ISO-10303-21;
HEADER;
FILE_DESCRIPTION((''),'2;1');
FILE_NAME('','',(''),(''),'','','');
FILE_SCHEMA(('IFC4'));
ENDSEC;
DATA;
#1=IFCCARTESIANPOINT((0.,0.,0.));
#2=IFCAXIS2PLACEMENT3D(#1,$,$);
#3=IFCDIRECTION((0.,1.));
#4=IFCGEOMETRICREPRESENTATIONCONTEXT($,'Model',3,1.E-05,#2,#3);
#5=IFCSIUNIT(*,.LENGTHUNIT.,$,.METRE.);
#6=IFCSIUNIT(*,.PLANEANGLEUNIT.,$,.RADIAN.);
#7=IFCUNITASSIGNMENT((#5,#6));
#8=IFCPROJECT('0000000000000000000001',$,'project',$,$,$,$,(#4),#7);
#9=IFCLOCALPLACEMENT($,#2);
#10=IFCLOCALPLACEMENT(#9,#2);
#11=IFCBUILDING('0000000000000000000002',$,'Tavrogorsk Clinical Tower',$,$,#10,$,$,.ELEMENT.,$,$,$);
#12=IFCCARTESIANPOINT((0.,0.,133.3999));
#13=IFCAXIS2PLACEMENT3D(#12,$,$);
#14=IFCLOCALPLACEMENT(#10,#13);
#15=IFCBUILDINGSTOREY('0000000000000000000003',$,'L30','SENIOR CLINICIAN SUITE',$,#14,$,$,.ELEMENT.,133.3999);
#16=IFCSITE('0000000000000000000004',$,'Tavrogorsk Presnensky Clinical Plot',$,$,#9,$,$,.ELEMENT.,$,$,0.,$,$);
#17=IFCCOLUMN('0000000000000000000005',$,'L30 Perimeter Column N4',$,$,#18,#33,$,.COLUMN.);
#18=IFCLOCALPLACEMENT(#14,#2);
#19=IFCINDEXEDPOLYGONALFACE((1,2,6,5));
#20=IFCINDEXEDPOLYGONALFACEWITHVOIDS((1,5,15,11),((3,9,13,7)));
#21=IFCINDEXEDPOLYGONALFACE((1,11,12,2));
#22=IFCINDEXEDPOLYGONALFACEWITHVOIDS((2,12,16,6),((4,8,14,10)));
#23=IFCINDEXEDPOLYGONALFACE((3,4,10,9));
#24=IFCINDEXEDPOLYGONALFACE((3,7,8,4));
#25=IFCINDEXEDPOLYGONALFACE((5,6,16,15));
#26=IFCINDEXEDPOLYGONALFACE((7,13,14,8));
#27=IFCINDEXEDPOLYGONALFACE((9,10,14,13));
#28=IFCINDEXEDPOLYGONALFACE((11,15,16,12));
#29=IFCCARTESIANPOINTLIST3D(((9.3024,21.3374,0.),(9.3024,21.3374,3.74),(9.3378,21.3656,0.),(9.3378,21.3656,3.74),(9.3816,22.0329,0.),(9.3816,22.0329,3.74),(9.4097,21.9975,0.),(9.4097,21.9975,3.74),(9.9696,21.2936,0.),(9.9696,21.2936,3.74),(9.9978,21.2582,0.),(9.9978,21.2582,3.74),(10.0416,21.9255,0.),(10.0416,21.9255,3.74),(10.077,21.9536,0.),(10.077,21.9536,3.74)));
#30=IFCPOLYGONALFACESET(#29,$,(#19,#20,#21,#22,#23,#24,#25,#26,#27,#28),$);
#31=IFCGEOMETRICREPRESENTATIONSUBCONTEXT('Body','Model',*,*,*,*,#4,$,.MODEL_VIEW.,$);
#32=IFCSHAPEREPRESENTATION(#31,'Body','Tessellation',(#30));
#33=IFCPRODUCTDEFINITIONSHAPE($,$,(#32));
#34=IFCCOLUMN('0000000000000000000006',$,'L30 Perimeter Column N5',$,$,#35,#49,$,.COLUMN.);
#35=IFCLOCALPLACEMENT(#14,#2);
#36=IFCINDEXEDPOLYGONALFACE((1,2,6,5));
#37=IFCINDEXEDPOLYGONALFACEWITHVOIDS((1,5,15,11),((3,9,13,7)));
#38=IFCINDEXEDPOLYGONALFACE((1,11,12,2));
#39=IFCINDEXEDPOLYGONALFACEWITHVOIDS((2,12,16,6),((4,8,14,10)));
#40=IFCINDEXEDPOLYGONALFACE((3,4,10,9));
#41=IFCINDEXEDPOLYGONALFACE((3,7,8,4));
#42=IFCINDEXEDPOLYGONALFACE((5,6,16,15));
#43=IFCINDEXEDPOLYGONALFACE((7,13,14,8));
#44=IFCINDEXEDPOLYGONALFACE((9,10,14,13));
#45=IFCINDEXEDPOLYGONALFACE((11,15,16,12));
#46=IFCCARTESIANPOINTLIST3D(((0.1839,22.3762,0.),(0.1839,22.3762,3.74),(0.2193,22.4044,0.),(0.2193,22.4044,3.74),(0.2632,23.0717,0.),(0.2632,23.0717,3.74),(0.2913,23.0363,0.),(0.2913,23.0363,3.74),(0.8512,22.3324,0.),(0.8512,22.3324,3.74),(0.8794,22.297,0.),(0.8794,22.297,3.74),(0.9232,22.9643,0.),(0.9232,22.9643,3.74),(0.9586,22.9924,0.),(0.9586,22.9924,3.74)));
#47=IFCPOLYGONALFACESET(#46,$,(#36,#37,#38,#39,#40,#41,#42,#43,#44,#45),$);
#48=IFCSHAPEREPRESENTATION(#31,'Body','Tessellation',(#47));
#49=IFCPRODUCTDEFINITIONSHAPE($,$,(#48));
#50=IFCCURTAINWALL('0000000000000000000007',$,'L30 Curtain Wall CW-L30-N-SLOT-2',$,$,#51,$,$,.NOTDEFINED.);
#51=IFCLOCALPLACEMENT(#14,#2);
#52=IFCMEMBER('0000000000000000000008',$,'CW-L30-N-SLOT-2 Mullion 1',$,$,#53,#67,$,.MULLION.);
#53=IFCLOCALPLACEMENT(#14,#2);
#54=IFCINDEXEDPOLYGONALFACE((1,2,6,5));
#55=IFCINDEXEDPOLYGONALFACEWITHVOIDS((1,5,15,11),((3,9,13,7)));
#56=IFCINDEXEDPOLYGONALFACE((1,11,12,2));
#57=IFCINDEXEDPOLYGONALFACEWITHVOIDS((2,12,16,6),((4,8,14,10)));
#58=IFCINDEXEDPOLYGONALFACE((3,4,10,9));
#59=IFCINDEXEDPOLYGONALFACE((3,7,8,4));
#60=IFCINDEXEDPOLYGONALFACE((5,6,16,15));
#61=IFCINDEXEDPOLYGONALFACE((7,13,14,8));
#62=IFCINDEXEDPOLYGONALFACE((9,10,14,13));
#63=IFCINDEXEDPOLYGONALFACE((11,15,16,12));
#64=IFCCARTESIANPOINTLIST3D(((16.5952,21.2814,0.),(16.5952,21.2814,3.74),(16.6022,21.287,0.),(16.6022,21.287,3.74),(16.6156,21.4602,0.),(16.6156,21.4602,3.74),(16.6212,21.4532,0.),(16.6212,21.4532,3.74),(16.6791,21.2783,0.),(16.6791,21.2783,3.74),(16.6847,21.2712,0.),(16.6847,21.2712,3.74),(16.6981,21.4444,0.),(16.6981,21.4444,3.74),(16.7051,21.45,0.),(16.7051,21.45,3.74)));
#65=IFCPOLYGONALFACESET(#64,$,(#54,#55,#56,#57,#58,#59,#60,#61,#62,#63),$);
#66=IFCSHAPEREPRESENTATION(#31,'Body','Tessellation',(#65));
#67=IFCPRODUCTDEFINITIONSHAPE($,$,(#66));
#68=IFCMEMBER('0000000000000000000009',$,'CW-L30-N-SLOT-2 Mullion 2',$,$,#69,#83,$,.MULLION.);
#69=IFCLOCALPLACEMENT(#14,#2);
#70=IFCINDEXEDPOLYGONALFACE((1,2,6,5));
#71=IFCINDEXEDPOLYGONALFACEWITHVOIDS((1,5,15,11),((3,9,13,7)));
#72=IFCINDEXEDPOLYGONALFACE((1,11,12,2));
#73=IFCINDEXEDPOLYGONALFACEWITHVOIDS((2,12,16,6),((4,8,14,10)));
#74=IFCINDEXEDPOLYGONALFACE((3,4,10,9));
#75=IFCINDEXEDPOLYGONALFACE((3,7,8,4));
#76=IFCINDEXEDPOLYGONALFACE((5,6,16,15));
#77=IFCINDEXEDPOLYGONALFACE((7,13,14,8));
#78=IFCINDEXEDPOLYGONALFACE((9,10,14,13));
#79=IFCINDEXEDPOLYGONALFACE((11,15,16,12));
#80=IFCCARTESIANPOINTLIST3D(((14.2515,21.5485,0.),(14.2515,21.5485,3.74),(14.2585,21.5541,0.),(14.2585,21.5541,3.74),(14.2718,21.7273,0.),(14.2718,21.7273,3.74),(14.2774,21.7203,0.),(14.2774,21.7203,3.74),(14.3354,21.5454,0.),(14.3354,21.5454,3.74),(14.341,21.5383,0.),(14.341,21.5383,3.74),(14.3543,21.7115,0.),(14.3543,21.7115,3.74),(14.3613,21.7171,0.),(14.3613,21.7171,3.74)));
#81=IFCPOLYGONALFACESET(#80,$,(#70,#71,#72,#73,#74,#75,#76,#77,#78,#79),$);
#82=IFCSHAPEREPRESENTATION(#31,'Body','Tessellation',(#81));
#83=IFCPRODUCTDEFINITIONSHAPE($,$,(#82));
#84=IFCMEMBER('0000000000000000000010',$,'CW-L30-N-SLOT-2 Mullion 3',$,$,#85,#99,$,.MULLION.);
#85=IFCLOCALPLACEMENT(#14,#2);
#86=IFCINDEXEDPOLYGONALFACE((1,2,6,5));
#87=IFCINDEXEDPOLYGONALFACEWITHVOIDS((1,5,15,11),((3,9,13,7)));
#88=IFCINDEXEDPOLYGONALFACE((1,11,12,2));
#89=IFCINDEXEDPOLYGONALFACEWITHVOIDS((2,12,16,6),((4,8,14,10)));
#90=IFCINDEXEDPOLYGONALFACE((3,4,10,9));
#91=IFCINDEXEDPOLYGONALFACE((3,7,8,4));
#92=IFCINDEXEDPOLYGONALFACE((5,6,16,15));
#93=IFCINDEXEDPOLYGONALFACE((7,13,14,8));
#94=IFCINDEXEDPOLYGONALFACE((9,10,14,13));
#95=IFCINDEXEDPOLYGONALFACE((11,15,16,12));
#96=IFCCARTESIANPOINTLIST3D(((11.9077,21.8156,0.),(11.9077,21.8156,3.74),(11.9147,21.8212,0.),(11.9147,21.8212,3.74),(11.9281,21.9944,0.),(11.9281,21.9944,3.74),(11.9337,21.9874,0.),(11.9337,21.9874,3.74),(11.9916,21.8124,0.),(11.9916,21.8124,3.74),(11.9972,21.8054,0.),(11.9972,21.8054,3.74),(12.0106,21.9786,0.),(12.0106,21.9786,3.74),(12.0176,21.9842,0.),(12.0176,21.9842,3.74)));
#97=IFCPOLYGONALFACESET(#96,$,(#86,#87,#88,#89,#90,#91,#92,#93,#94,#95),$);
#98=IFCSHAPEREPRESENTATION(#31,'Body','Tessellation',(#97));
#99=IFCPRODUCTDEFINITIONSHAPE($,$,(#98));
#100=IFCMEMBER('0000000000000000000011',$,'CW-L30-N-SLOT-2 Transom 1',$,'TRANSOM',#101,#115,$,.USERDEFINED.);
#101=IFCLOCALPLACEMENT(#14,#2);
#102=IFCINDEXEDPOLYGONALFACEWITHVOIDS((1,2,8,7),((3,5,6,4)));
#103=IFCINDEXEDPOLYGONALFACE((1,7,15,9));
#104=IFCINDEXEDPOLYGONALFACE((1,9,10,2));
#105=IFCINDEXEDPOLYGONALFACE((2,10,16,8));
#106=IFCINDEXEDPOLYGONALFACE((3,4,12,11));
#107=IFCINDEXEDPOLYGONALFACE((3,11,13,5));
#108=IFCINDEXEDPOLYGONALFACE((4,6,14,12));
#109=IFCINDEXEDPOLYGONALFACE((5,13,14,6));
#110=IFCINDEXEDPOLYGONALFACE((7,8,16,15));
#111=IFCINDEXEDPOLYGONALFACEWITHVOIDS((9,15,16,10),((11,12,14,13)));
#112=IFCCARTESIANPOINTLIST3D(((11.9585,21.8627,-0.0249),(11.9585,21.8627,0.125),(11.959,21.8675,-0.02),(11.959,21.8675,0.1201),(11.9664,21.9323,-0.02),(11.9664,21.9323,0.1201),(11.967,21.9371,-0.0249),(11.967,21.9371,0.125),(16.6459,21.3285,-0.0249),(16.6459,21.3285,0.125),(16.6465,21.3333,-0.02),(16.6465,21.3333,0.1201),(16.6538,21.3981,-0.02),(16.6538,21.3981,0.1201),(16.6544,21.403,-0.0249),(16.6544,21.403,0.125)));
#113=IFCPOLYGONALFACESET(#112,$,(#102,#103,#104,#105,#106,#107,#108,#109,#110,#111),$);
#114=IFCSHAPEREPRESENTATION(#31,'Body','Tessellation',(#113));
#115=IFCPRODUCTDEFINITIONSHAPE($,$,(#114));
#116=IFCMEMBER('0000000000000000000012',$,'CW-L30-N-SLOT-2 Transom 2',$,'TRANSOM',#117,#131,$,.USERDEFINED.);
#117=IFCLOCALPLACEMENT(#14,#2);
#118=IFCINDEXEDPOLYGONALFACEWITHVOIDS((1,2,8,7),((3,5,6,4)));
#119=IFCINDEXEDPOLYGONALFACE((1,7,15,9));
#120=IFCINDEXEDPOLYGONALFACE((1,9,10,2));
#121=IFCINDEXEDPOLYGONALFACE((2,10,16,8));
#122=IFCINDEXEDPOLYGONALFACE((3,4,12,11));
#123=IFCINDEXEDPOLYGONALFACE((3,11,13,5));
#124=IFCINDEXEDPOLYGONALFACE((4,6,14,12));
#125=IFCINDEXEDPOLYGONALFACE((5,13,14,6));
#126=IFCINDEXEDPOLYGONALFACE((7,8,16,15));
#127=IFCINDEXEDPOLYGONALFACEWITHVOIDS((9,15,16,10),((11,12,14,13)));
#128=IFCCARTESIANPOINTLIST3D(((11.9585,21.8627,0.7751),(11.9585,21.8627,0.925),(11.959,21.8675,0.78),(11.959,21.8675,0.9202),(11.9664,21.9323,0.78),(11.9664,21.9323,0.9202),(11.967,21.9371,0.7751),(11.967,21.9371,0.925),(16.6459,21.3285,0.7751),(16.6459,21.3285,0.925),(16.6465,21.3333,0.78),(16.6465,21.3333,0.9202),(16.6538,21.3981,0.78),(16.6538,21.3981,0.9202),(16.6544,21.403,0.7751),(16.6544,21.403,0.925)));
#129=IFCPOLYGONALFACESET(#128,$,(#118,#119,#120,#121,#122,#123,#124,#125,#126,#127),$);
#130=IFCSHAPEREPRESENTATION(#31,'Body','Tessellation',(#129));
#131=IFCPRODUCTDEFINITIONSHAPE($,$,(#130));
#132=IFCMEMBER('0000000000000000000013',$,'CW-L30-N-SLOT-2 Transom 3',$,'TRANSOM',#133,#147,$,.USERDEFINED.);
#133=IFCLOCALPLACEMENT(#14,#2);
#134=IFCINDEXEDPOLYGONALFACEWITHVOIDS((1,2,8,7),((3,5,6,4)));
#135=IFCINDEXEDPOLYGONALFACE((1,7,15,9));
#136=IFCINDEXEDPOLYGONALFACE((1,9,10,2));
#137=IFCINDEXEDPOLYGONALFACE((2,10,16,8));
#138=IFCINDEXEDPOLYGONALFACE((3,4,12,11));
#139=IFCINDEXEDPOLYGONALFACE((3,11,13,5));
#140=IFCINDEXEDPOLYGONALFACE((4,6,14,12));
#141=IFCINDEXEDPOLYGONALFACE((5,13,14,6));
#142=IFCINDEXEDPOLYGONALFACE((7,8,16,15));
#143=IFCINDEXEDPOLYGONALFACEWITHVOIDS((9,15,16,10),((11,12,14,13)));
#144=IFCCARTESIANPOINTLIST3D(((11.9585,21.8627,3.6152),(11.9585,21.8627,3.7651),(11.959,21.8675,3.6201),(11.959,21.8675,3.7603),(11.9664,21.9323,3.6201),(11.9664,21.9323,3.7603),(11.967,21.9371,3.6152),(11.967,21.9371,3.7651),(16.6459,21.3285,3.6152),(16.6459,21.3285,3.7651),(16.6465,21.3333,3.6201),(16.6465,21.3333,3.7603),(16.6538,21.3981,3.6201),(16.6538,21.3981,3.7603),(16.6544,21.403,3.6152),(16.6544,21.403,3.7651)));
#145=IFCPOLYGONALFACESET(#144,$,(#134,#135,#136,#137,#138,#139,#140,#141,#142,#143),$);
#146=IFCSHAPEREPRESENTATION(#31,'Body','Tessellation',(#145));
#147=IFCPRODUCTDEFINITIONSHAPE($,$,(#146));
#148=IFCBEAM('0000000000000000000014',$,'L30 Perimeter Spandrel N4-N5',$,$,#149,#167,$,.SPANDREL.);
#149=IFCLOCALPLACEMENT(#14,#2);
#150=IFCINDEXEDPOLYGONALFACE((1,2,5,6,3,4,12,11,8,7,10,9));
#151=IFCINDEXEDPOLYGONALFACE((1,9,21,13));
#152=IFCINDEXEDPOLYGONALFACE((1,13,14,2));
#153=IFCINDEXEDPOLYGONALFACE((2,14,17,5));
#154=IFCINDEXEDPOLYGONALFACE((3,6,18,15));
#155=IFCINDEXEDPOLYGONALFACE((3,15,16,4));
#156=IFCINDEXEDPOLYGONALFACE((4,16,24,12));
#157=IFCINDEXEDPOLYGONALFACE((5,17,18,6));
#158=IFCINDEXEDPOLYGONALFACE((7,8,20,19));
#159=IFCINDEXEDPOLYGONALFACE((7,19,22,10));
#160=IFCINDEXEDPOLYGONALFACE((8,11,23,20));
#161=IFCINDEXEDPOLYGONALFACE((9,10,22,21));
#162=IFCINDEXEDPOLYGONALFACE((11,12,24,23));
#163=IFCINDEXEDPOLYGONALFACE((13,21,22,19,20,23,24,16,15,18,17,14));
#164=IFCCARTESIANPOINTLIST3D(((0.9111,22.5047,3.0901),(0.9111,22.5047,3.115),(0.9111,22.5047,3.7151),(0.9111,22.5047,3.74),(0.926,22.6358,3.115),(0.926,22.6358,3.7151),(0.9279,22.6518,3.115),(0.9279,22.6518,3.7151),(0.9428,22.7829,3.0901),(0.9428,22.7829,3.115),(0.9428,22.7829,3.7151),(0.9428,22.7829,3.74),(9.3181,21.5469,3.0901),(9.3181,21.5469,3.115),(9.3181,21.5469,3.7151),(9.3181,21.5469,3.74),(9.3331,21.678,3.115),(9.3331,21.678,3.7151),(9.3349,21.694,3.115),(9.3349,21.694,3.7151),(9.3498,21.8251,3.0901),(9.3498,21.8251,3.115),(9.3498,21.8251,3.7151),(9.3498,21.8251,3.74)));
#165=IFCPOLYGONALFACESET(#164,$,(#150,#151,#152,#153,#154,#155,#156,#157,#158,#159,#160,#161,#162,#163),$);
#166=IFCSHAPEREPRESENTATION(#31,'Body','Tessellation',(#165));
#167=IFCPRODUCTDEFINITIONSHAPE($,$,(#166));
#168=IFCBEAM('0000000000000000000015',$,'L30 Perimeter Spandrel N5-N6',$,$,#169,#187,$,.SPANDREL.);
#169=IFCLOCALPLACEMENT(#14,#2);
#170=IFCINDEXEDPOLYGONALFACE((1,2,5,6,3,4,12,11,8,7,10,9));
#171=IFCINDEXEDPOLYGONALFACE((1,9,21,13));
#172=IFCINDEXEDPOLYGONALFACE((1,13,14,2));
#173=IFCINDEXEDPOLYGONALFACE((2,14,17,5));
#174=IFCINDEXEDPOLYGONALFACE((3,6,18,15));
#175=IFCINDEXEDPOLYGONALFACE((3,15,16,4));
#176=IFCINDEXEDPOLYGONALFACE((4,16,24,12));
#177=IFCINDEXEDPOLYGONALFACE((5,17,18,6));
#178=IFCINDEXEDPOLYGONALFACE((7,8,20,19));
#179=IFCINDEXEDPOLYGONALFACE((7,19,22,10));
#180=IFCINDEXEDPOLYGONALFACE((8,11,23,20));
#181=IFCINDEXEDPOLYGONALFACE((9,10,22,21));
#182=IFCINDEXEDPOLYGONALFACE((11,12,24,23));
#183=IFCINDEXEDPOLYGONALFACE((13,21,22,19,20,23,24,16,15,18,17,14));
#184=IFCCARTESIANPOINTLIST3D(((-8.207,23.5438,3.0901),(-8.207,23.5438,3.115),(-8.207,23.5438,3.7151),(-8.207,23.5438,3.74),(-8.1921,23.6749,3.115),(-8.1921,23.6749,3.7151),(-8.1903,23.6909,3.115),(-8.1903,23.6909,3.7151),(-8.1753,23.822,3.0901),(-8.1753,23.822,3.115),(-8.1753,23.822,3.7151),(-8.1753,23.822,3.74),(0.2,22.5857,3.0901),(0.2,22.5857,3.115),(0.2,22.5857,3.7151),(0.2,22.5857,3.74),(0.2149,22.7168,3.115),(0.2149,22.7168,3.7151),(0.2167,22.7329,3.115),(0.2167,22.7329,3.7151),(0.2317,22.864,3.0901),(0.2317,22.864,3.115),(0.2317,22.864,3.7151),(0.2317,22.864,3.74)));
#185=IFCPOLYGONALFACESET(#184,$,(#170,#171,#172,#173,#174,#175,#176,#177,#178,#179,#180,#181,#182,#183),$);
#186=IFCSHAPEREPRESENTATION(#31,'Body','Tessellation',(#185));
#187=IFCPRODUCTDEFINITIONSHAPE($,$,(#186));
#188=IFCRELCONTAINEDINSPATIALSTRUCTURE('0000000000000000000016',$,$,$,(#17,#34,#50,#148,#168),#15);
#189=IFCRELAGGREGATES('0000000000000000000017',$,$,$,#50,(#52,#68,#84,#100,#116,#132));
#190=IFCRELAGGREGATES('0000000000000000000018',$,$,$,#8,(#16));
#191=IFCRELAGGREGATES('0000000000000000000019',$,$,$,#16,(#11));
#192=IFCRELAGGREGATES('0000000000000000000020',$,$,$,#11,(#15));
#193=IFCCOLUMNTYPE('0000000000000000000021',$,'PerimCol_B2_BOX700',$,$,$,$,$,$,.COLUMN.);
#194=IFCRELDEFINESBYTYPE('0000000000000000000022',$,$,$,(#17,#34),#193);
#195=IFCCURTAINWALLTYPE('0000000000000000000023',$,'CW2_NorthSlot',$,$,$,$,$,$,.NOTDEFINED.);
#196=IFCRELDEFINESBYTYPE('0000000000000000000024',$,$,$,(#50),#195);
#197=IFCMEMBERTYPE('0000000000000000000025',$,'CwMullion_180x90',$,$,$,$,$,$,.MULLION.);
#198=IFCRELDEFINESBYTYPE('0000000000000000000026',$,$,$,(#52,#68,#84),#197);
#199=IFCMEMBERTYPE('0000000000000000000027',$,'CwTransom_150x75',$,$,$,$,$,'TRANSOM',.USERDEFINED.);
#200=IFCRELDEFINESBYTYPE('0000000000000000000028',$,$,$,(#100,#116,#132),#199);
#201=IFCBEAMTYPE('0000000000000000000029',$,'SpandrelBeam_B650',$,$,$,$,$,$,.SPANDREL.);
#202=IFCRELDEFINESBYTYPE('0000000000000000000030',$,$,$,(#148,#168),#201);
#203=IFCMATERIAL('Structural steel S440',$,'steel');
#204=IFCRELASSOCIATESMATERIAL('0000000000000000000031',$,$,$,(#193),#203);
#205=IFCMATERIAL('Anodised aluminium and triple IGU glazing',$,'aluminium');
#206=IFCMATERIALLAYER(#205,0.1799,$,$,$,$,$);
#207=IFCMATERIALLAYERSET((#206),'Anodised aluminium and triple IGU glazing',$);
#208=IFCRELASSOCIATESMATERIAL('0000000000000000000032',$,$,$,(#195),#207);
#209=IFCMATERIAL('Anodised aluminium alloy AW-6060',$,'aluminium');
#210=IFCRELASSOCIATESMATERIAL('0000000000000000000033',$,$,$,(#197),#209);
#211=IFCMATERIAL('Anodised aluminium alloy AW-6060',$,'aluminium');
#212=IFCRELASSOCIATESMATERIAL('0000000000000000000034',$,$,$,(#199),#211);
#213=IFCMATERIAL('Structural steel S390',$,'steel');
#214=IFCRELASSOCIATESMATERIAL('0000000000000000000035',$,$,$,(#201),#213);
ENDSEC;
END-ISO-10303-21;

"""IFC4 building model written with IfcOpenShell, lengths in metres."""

from ifc_helpers import new_model, si_unit, direction, frame, origin, origin_2d, place, context, subcontext, project, spatial, hollow_rectangle, i_section, extrude, material, layer, layer_set, material_profile, profile_set, type_object, element, aggregate, save


model = new_model("IFC4")

# Units and contexts
model_context = context("Model", 3, precision=1e-05, world=origin(), true_north=direction((0.0, 1.0)))
body_context = subcontext(model_context, "Body", "Model", "MODEL_VIEW")
ifc_project = project(units=[si_unit("LENGTHUNIT", "METRE"), si_unit("PLANEANGLEUNIT", "RADIAN")], contexts=[model_context])

# Site, building, storey
site_placement = place(None, origin())
site = spatial("IfcSite", under=ifc_project, at=site_placement, Name="Tavrogorsk Presnensky Clinical Plot", CompositionType="ELEMENT", RefElevation=0.0)
building_placement = place(site_placement, origin())
building = spatial("IfcBuilding", under=site, at=building_placement, Name="Tavrogorsk Clinical Tower", CompositionType="ELEMENT")
storey_placement = place(building_placement, frame((0.0, 0.0, 133.3999)))
storey = spatial("IfcBuildingStorey", under=building, at=storey_placement, Name="L30", Description="SENIOR CLINICIAN SUITE", CompositionType="ELEMENT", Elevation=133.3999)

# Columns
ifc_material_1 = material(Name="Structural steel S440", Category="steel")
ifc_material_profile_1 = material_profile(ifc_material_1, hollow_rectangle(XDim=0.7, YDim=0.7, WallThickness=0.032, at=origin_2d()), Name="BOX-700x700x32")
ifc_profile_set_1 = profile_set([ifc_material_profile_1], Name="Structural steel S440")
column_type = type_object("IfcColumnType", Name="PerimCol_B2_BOX700", PredefinedType="COLUMN", material=ifc_profile_set_1)
for number, where, z_axis, x_axis, name in (
    (1, (9.6897, 21.6455, 0.0), (0.0, 0.0, 1.0), (0.993572, -0.113203, 0.0), "L30 Perimeter Column N4"),
    (2, (0.5713, 22.6843, 0.0), (0.0, 0.0, 1.0), (0.993572, -0.113203, 0.0), "L30 Perimeter Column N5"),
):
    element("IfcColumn", number, at=place(storey_placement, frame(where, z_axis=z_axis, x_axis=x_axis)), inside=storey, type_object=column_type, Name=name, PredefinedType="COLUMN", context=body_context, shape_type="SweptSolid", body=[
        extrude(hollow_rectangle(XDim=0.7, YDim=0.7, WallThickness=0.032, at=origin_2d()), origin(), (0.0, 0.0, 1.0), 3.74),
    ])

# Curtain wall, members
ifc_material_2 = material(Name="Anodised aluminium and triple IGU glazing", Category="aluminium")
ifc_layer_1 = layer(ifc_material_2, 0.1799)
ifc_layer_set_1 = layer_set([ifc_layer_1], Name="Anodised aluminium and triple IGU glazing")
curtain_wall_type = type_object("IfcCurtainWallType", Name="CW2_NorthSlot", PredefinedType="NOTDEFINED", material=ifc_layer_set_1)
curtain_wall_placement = place(storey_placement, origin())
curtain_wall = element("IfcCurtainWall", 3, at=curtain_wall_placement, inside=storey, type_object=curtain_wall_type, Name="L30 Curtain Wall CW-L30-N-SLOT-2", PredefinedType="NOTDEFINED")
ifc_material_3 = material(Name="Anodised aluminium alloy AW-6060", Category="aluminium")
ifc_material_profile_2 = material_profile(ifc_material_3, hollow_rectangle(XDim=0.0901, YDim=0.1799, WallThickness=0.0063, at=origin_2d()), Name="RHS-180x90x6.3")
ifc_profile_set_2 = profile_set([ifc_material_profile_2], Name="Anodised aluminium alloy AW-6060")
member_type_1 = type_object("IfcMemberType", Name="CwMullion_180x90", PredefinedType="MULLION", material=ifc_profile_set_2)
member_1_placement = place(storey_placement, frame((16.6501, 21.3657, 0.0), z_axis=(0.0, 0.0, 1.0), x_axis=(-0.993572, 0.113203, 0.0)))
member_1 = element("IfcMember", 4, at=member_1_placement, type_object=member_type_1, Name="CW-L30-N-SLOT-2 Mullion 1", PredefinedType="MULLION", context=body_context, shape_type="SweptSolid", body=[
    extrude(hollow_rectangle(XDim=0.0901, YDim=0.1799, WallThickness=0.0063, at=origin_2d()), origin(), (0.0, 0.0, 1.0), 3.74),
])
member_2_placement = place(storey_placement, frame((14.3064, 21.6328, 0.0), z_axis=(0.0, 0.0, 1.0), x_axis=(-0.993572, 0.113203, 0.0)))
member_2 = element("IfcMember", 5, at=member_2_placement, type_object=member_type_1, Name="CW-L30-N-SLOT-2 Mullion 2", PredefinedType="MULLION", context=body_context, shape_type="SweptSolid", body=[
    extrude(hollow_rectangle(XDim=0.0901, YDim=0.1799, WallThickness=0.0063, at=origin_2d()), origin(), (0.0, 0.0, 1.0), 3.74),
])
member_3_placement = place(storey_placement, frame((11.9626, 21.8999, 0.0), z_axis=(0.0, 0.0, 1.0), x_axis=(-0.993572, 0.113203, 0.0)))
member_3 = element("IfcMember", 6, at=member_3_placement, type_object=member_type_1, Name="CW-L30-N-SLOT-2 Mullion 3", PredefinedType="MULLION", context=body_context, shape_type="SweptSolid", body=[
    extrude(hollow_rectangle(XDim=0.0901, YDim=0.1799, WallThickness=0.0063, at=origin_2d()), origin(), (0.0, 0.0, 1.0), 3.74),
])
ifc_material_4 = material(Name="Anodised aluminium alloy AW-6060", Category="aluminium")
ifc_material_profile_3 = material_profile(ifc_material_4, hollow_rectangle(XDim=0.075, YDim=0.1499, WallThickness=0.0049, at=origin_2d()), Name="RHS-150x75x5")
ifc_profile_set_3 = profile_set([ifc_material_profile_3], Name="Anodised aluminium alloy AW-6060")
member_type_2 = type_object("IfcMemberType", Name="CwTransom_150x75", ElementType="TRANSOM", PredefinedType="USERDEFINED", material=ifc_profile_set_3)
member_4_placement = place(storey_placement, frame((16.6501, 21.3657, 0.05), z_axis=(-0.993569, 0.113226, 0.0), x_axis=(-0.113226, -0.993569, 0.0)))
member_4 = element("IfcMember", 7, at=member_4_placement, type_object=member_type_2, Name="CW-L30-N-SLOT-2 Transom 1", ObjectType="TRANSOM", PredefinedType="USERDEFINED", context=body_context, shape_type="SweptSolid", body=[
    extrude(hollow_rectangle(XDim=0.075, YDim=0.1499, WallThickness=0.0049, at=origin_2d()), origin(), (0.0, 0.0, 1.0), 4.7178),
])
member_5_placement = place(storey_placement, frame((16.6501, 21.3657, 0.8501), z_axis=(-0.993569, 0.113226, 0.0), x_axis=(-0.113226, -0.993569, 0.0)))
member_5 = element("IfcMember", 8, at=member_5_placement, type_object=member_type_2, Name="CW-L30-N-SLOT-2 Transom 2", ObjectType="TRANSOM", PredefinedType="USERDEFINED", context=body_context, shape_type="SweptSolid", body=[
    extrude(hollow_rectangle(XDim=0.075, YDim=0.1499, WallThickness=0.0049, at=origin_2d()), origin(), (0.0, 0.0, 1.0), 4.7178),
])
member_6_placement = place(storey_placement, frame((16.6501, 21.3657, 3.6902), z_axis=(-0.993569, 0.113226, 0.0), x_axis=(-0.113226, -0.993569, 0.0)))
member_6 = element("IfcMember", 9, at=member_6_placement, type_object=member_type_2, Name="CW-L30-N-SLOT-2 Transom 3", ObjectType="TRANSOM", PredefinedType="USERDEFINED", context=body_context, shape_type="SweptSolid", body=[
    extrude(hollow_rectangle(XDim=0.075, YDim=0.1499, WallThickness=0.0049, at=origin_2d()), origin(), (0.0, 0.0, 1.0), 4.7178),
])

# Beams
ifc_material_5 = material(Name="Structural steel S390", Category="steel")
ifc_material_profile_4 = material_profile(ifc_material_5, i_section(OverallWidth=0.28, OverallDepth=0.6499, WebThickness=0.0161, FlangeThickness=0.0249, at=origin_2d()), Name="B-650x280x16x25")
ifc_profile_set_4 = profile_set([ifc_material_profile_4], Name="Structural steel S390")
beam_type = type_object("IfcBeamType", Name="SpandrelBeam_B650", PredefinedType="SPANDREL", material=ifc_profile_set_4)
for number, where, z_axis, x_axis, name in (
    (10, (9.334, 21.686, 3.415), (-0.993573, 0.113193, 0.0), (-0.113193, -0.993573, 0.0), "L30 Perimeter Spandrel N4-N5"),
    (11, (0.2158, 22.7249, 3.415), (-0.99357, 0.113221, 0.0), (-0.113221, -0.99357, 0.0), "L30 Perimeter Spandrel N5-N6"),
):
    element("IfcBeam", number, at=place(storey_placement, frame(where, z_axis=z_axis, x_axis=x_axis)), inside=storey, type_object=beam_type, Name=name, PredefinedType="SPANDREL", context=body_context, shape_type="SweptSolid", body=[
        extrude(i_section(OverallWidth=0.28, OverallDepth=0.6499, WebThickness=0.0161, FlangeThickness=0.0249, at=origin_2d()), origin(), (0.0, 0.0, 1.0), 8.4614),
    ])

aggregate(curtain_wall, [member_1, member_2, member_3, member_4, member_5, member_6])

save(model, "model.ifc")
